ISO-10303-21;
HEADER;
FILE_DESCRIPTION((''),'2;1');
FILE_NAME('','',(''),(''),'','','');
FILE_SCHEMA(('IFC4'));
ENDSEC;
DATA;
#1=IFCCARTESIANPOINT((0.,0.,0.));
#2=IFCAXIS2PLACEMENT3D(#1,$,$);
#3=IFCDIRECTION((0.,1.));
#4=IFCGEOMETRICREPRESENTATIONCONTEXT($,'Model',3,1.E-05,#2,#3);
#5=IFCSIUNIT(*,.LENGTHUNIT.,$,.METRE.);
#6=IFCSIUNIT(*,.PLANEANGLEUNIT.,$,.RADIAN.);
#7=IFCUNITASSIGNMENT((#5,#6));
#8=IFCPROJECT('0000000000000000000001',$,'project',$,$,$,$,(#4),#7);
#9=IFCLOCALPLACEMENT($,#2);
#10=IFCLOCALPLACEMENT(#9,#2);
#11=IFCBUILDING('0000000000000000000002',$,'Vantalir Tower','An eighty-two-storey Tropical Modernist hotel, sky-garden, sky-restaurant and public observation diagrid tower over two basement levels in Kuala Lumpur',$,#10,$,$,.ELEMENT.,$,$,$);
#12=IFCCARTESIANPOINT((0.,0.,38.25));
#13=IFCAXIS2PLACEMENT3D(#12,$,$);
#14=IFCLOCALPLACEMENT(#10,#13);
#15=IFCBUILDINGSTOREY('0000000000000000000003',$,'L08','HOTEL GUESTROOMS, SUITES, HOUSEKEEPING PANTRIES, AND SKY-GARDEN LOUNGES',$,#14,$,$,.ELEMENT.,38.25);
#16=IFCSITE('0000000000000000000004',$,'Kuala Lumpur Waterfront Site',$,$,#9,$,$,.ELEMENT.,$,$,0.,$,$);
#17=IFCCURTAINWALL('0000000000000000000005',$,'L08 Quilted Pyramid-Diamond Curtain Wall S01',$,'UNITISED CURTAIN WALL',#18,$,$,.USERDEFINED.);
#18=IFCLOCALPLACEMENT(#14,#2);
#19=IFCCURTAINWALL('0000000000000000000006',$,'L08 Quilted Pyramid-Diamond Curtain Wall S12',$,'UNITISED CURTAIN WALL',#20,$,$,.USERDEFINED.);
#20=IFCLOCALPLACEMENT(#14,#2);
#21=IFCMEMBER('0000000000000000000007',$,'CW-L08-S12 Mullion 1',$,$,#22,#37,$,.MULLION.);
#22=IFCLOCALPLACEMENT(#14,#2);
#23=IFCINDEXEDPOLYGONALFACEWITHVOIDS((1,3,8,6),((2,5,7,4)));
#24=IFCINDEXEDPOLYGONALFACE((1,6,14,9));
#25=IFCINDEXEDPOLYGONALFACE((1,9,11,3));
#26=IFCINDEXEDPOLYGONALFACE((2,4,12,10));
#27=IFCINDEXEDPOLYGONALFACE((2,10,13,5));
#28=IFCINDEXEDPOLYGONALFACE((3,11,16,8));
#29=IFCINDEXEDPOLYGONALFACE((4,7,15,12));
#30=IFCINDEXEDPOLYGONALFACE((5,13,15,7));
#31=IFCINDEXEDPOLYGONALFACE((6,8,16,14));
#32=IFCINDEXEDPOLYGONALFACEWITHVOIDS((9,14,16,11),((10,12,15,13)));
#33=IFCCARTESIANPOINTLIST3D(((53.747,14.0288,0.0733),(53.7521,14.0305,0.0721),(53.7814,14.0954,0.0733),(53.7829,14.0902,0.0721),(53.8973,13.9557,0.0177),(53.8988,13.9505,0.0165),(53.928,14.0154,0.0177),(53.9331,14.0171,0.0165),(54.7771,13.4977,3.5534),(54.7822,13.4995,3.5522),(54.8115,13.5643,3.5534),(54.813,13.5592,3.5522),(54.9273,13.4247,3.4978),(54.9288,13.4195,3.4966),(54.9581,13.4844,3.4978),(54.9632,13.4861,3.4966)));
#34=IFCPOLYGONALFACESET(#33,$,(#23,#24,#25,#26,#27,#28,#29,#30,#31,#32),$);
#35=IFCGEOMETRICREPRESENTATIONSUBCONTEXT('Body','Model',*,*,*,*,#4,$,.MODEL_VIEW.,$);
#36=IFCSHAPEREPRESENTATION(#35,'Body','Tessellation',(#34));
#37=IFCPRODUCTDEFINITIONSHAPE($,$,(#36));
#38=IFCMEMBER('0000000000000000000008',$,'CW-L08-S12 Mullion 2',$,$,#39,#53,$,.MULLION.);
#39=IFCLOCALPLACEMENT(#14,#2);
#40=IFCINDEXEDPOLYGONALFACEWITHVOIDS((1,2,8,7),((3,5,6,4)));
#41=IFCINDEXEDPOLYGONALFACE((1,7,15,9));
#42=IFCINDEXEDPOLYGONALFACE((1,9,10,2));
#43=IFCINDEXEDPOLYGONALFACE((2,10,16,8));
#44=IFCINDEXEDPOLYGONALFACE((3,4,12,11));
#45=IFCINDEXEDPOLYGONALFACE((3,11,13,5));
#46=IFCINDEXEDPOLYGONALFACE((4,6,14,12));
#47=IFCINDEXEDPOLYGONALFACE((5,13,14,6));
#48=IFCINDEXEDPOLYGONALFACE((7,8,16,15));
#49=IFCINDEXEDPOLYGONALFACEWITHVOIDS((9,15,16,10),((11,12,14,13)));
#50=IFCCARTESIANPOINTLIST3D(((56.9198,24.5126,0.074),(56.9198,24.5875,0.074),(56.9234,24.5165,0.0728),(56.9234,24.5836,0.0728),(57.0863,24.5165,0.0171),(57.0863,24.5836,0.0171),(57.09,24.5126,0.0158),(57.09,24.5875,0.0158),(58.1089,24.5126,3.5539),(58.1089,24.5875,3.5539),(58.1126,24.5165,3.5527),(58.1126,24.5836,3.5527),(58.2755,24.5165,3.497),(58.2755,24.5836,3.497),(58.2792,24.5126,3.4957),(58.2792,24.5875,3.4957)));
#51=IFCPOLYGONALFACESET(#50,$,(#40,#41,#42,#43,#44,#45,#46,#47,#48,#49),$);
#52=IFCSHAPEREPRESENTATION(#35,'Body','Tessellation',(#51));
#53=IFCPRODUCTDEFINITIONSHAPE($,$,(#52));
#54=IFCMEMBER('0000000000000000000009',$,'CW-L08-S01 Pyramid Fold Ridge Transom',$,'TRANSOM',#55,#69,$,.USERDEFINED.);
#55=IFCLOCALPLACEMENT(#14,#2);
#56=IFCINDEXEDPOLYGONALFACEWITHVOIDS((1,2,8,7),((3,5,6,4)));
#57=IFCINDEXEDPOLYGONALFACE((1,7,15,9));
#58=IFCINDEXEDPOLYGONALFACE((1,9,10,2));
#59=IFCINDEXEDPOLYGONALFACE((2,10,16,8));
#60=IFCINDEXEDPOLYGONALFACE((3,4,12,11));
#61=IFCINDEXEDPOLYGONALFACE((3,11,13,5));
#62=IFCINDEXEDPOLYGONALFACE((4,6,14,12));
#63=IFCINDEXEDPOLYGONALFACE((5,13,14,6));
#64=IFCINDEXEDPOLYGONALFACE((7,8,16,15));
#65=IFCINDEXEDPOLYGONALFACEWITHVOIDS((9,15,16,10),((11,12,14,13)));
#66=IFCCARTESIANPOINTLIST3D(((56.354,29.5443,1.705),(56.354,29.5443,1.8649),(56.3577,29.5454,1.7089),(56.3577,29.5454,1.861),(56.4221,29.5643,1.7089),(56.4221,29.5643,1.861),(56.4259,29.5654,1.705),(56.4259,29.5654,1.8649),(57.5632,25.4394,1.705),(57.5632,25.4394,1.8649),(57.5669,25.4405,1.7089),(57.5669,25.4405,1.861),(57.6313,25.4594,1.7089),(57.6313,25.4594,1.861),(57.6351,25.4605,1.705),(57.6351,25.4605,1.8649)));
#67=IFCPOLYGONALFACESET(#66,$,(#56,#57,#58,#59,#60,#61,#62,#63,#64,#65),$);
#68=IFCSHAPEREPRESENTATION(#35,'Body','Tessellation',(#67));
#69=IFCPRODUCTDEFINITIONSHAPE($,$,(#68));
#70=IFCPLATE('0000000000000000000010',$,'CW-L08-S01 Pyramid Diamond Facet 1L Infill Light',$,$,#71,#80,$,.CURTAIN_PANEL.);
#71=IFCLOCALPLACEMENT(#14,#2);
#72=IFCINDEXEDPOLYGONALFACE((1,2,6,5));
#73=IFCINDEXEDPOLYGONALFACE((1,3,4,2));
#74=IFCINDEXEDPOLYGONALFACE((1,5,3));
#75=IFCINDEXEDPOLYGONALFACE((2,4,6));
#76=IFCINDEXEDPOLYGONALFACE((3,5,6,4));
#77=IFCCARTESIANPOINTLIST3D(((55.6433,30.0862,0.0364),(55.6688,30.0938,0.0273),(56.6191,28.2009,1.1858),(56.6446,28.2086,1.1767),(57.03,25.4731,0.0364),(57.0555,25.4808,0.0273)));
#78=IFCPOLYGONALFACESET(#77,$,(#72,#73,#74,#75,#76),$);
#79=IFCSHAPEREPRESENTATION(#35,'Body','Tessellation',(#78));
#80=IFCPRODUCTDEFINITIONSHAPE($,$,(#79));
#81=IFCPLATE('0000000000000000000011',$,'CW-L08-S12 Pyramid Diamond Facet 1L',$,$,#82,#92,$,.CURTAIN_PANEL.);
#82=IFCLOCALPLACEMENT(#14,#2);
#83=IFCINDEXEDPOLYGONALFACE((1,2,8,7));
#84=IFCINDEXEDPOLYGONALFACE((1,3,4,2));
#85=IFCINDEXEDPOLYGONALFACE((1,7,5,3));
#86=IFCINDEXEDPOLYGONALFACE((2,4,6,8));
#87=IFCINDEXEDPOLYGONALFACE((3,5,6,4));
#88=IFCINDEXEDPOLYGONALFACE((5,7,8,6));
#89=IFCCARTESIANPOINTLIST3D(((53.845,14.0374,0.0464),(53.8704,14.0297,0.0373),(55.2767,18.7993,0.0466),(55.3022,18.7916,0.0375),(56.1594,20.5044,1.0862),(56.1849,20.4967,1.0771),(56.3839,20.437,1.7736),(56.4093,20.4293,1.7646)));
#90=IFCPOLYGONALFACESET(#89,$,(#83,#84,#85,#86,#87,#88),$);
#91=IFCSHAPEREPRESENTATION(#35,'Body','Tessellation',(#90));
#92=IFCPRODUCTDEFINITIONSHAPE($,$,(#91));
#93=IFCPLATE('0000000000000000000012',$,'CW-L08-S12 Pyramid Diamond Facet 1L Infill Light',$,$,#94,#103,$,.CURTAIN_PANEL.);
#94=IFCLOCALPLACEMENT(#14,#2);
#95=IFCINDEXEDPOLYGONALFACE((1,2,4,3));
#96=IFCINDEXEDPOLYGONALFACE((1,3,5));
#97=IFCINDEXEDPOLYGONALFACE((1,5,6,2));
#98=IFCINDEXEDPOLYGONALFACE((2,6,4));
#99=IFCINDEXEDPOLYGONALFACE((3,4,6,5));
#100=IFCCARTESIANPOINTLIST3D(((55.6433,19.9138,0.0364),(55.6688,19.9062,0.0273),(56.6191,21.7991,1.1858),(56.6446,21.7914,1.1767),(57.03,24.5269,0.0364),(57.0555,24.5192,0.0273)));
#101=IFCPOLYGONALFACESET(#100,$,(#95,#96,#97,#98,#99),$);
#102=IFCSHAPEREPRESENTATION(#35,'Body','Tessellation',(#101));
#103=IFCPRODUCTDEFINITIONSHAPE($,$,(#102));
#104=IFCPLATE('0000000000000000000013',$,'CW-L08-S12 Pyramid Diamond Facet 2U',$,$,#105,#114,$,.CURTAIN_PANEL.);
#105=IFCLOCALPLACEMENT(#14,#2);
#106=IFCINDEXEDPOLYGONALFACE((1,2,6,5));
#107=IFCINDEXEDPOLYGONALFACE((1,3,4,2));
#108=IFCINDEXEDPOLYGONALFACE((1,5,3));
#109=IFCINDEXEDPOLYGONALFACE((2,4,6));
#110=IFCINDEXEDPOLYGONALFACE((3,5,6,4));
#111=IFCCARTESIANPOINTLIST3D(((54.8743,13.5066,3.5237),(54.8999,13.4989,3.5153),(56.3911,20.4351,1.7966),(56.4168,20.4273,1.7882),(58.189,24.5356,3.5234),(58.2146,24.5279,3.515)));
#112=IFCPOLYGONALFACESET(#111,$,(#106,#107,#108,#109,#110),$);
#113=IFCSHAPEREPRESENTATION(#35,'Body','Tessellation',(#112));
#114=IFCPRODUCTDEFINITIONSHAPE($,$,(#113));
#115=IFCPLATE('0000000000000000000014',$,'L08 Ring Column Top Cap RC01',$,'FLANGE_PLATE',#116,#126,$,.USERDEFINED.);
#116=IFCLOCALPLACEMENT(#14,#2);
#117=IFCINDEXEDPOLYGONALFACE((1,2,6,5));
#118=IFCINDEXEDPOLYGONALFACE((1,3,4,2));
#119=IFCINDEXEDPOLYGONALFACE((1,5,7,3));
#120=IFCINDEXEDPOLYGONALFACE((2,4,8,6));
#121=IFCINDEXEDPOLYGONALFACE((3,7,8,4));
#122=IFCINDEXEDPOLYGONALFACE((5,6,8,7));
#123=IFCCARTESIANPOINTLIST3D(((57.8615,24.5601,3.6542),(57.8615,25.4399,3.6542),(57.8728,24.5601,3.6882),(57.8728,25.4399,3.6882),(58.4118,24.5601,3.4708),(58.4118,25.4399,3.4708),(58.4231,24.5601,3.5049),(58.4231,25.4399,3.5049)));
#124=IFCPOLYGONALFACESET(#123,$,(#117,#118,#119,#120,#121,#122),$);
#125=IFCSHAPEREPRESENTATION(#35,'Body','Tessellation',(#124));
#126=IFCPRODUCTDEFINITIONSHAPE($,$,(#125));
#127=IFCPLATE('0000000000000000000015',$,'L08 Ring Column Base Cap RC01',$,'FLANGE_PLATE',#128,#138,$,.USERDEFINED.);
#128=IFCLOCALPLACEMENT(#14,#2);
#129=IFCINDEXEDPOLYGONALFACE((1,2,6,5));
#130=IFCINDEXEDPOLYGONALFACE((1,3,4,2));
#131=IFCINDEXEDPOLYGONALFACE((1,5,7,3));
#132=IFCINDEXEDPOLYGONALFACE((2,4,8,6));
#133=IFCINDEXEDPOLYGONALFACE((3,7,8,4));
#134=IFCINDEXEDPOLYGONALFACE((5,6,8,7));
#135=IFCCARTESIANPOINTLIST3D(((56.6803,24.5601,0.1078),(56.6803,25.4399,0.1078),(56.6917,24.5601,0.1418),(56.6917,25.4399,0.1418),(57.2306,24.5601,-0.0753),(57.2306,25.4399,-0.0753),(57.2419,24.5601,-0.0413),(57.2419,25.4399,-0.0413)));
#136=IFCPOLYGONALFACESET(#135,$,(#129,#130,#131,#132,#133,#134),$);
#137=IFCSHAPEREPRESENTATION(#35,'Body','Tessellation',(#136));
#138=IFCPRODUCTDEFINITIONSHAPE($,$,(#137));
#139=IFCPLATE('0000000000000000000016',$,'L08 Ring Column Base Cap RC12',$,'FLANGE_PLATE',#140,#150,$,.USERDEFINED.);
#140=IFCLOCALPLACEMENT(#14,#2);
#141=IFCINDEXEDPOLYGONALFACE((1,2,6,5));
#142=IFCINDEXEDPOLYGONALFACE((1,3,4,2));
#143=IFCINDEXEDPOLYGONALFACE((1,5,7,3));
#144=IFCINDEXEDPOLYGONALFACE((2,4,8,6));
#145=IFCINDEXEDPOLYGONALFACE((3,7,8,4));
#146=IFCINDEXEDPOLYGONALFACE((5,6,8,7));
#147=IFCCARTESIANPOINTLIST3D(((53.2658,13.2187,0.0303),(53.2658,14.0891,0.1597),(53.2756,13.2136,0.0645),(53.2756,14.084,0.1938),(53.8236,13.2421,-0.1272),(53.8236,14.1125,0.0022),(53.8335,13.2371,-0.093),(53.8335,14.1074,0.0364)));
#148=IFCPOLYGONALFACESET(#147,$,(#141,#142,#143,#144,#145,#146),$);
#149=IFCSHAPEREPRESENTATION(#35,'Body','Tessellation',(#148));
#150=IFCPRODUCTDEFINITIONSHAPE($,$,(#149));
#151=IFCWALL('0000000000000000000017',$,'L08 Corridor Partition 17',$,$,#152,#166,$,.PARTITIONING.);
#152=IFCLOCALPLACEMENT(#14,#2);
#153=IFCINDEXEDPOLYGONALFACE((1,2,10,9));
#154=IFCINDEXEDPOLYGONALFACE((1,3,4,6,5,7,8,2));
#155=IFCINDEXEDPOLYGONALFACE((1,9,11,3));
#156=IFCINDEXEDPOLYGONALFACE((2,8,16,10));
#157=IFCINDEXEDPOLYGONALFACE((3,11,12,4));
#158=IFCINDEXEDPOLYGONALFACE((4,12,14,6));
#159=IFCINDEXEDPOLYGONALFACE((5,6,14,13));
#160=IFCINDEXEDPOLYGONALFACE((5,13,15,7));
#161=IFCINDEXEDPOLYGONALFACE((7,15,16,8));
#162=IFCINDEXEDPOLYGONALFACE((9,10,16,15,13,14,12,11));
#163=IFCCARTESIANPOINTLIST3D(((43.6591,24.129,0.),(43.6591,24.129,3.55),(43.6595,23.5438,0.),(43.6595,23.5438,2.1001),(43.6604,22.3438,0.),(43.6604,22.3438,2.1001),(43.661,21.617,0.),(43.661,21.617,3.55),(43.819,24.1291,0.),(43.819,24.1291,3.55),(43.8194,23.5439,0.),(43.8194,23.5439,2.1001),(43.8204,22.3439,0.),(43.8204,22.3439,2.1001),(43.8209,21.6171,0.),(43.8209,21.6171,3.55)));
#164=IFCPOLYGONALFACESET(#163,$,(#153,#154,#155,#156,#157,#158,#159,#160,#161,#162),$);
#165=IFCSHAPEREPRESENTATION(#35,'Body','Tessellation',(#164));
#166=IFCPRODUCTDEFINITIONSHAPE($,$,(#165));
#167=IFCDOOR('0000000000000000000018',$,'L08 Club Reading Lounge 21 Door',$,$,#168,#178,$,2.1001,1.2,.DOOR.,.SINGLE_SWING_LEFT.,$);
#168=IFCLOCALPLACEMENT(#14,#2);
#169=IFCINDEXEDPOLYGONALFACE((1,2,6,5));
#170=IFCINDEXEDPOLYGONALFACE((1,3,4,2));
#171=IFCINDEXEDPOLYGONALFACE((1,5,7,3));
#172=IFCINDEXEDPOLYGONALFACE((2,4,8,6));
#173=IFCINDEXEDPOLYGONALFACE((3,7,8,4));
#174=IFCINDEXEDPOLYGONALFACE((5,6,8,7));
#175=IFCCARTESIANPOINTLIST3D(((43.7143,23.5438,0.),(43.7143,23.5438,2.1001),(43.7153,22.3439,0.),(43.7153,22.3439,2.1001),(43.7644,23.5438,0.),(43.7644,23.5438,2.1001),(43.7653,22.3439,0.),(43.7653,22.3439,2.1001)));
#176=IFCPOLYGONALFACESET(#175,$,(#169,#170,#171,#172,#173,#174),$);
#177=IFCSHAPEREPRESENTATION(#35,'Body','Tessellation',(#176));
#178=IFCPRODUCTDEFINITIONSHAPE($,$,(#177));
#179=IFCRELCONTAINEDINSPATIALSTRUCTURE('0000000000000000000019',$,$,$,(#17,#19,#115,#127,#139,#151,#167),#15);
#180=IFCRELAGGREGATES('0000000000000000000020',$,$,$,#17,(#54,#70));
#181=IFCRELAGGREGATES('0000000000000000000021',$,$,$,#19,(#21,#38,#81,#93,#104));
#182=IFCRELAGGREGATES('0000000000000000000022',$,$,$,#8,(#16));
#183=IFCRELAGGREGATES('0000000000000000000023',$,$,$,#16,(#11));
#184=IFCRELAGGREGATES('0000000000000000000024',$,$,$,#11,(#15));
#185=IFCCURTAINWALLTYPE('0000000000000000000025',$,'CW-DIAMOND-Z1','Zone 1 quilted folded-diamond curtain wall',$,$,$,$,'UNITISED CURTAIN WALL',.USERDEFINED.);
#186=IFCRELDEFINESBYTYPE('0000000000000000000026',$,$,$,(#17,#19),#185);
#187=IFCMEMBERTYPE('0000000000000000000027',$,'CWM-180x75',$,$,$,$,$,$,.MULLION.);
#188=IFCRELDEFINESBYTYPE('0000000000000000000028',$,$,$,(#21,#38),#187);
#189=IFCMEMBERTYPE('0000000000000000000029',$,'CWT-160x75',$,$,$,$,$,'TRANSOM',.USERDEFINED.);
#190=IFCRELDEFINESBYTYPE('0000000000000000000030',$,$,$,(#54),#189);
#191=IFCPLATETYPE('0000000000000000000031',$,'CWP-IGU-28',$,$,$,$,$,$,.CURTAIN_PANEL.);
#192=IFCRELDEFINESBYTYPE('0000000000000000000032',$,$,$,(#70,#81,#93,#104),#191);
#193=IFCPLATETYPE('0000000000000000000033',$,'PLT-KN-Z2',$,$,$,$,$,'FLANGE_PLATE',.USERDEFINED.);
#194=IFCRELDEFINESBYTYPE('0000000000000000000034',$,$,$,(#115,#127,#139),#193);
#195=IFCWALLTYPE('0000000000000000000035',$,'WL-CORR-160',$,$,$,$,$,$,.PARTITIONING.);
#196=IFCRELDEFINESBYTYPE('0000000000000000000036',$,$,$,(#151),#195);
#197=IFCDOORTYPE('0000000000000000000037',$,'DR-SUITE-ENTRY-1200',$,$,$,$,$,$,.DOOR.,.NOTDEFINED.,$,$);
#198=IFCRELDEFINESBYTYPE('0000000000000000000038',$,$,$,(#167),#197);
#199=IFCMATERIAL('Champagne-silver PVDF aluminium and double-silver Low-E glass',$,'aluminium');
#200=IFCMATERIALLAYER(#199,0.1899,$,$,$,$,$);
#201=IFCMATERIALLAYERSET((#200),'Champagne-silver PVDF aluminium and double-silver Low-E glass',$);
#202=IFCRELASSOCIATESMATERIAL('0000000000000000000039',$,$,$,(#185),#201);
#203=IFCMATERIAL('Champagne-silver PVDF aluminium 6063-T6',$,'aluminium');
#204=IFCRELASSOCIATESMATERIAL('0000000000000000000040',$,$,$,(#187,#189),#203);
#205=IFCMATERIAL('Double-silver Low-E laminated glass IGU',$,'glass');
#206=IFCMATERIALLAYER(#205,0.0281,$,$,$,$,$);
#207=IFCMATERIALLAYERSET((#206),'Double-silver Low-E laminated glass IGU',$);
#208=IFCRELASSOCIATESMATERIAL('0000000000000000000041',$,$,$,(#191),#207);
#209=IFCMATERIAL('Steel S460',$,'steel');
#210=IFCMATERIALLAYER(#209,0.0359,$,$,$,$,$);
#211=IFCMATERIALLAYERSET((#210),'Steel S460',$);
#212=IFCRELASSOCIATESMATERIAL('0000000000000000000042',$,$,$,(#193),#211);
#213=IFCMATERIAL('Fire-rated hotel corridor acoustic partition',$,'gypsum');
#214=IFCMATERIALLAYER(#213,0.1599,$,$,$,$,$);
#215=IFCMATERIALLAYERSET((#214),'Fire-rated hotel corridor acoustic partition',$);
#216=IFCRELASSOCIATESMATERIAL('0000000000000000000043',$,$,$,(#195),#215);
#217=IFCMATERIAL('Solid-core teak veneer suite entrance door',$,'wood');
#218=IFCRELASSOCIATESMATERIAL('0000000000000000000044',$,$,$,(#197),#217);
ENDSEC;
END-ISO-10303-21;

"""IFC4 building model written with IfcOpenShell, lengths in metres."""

from ifc_helpers import new_model, si_unit, direction, frame, frame_2d, origin, origin_2d, place, context, subcontext, project, spatial, polyline, rectangle, hollow_rectangle, outline, extrude, material, layer, layer_set, material_profile, profile_set, type_object, element, fill, aggregate, save


model = new_model("IFC4")

# Units and contexts
model_context = context("Model", 3, precision=1e-05, world=origin(), true_north=direction((0.0, 1.0)))
body_context = subcontext(model_context, "Body", "Model", "MODEL_VIEW")
ifc_project = project(units=[si_unit("LENGTHUNIT", "METRE"), si_unit("PLANEANGLEUNIT", "RADIAN")], contexts=[model_context])

# Site, building, storey
site_placement = place(None, origin())
site = spatial("IfcSite", under=ifc_project, at=site_placement, Name="Kuala Lumpur Waterfront Site", CompositionType="ELEMENT", RefElevation=0.0)
building_placement = place(site_placement, origin())
building = spatial("IfcBuilding", under=site, at=building_placement, Name="Vantalir Tower", Description="An eighty-two-storey Tropical Modernist hotel, sky-garden, sky-restaurant and public observation diagrid tower over two basement levels in Kuala Lumpur", CompositionType="ELEMENT")
storey_placement = place(building_placement, frame((0.0, 0.0, 38.25)))
storey = spatial("IfcBuildingStorey", under=building, at=storey_placement, Name="L08", Description="HOTEL GUESTROOMS, SUITES, HOUSEKEEPING PANTRIES, AND SKY-GARDEN LOUNGES", CompositionType="ELEMENT", Elevation=38.25)

# Shared definitions
ifc_material_1 = material(Name="Steel S460", Category="steel")

# Curtain wall
ifc_material_2 = material(Name="Champagne-silver PVDF aluminium and double-silver Low-E glass", Category="aluminium")
ifc_layer_1 = layer(ifc_material_2, 0.1899)
ifc_layer_set_1 = layer_set([ifc_layer_1], Name="Champagne-silver PVDF aluminium and double-silver Low-E glass")
curtain_wall_type = type_object("IfcCurtainWallType", Name="CW-DIAMOND-Z1", Description="Zone 1 quilted folded-diamond curtain wall", ElementType="UNITISED CURTAIN WALL", PredefinedType="USERDEFINED", material=ifc_layer_set_1)
curtain_wall_1_placement = place(storey_placement, origin())
curtain_wall_1 = element("IfcCurtainWall", 1, at=curtain_wall_1_placement, inside=storey, type_object=curtain_wall_type, Name="L08 Quilted Pyramid-Diamond Curtain Wall S01", ObjectType="UNITISED CURTAIN WALL", PredefinedType="USERDEFINED")
ifc_material_3 = material(Name="Champagne-silver PVDF aluminium 6063-T6", Category="aluminium")
ifc_material_profile_1 = material_profile(ifc_material_3, hollow_rectangle(XDim=0.075, YDim=0.1799, WallThickness=0.0039, at=origin_2d()), Name="Champagne-silver PVDF aluminium 6063-T6")
ifc_profile_set_1 = profile_set([ifc_material_profile_1], Name="Champagne-silver PVDF aluminium 6063-T6")
member_type_1 = type_object("IfcMemberType", Name="CWM-180x75", PredefinedType="MULLION", material=ifc_profile_set_1)

# Curtain wall, members
curtain_wall_2_placement = place(storey_placement, origin())
curtain_wall_2 = element("IfcCurtainWall", 2, at=curtain_wall_2_placement, inside=storey, type_object=curtain_wall_type, Name="L08 Quilted Pyramid-Diamond Curtain Wall S12", ObjectType="UNITISED CURTAIN WALL", PredefinedType="USERDEFINED")
member_1_placement = place(storey_placement, frame((53.8401, 14.0229, 0.0449), z_axis=(0.280826, -0.144773, 0.948777), x_axis=(0.458219, 0.888839, 0.0)))
member_1 = element("IfcMember", 3, at=member_1_placement, type_object=member_type_1, Name="CW-L08-S12 Mullion 1", PredefinedType="MULLION", context=body_context, shape_type="SweptSolid", body=[
    extrude(hollow_rectangle(XDim=0.075, YDim=0.1799, WallThickness=0.0039, at=origin_2d()), origin(), (0.0, 0.0, 1.0), 3.668),
])
member_2_placement = place(storey_placement, frame((57.0049, 24.55, 0.0449), z_axis=(0.323369, 0.0, 0.946273), x_axis=(0.0, 1.0, 0.0)))
member_2 = element("IfcMember", 4, at=member_2_placement, type_object=member_type_1, Name="CW-L08-S12 Mullion 2", PredefinedType="MULLION", context=body_context, shape_type="SweptSolid", body=[
    extrude(hollow_rectangle(XDim=0.075, YDim=0.1799, WallThickness=0.0039, at=origin_2d()), origin(), (0.0, 0.0, 1.0), 3.6775),
])

# Member
ifc_material_profile_2 = material_profile(ifc_material_3, hollow_rectangle(XDim=0.075, YDim=0.1599, WallThickness=0.0039, at=origin_2d()), Name="Champagne-silver PVDF aluminium 6063-T6")
ifc_profile_set_2 = profile_set([ifc_material_profile_2], Name="Champagne-silver PVDF aluminium 6063-T6")
member_type_2 = type_object("IfcMemberType", Name="CWT-160x75", ElementType="TRANSOM", PredefinedType="USERDEFINED", material=ifc_profile_set_2)
member_3_placement = place(storey_placement, frame((57.5991, 25.45, 1.7849), z_axis=(-0.282571, 0.959246, 0.0), x_axis=(-0.959246, -0.282571, 0.0)))
member_3 = element("IfcMember", 5, at=member_3_placement, type_object=member_type_2, Name="CW-L08-S01 Pyramid Fold Ridge Transom", ObjectType="TRANSOM", PredefinedType="USERDEFINED", context=body_context, shape_type="SweptSolid", body=[
    extrude(hollow_rectangle(XDim=0.075, YDim=0.1599, WallThickness=0.0039, at=origin_2d()), origin(), (0.0, 0.0, 1.0), 4.2793),
])

# Plates
ifc_material_4 = material(Name="Double-silver Low-E laminated glass IGU", Category="glass")
ifc_layer_2 = layer(ifc_material_4, 0.0281)
ifc_layer_set_2 = layer_set([ifc_layer_2], Name="Double-silver Low-E laminated glass IGU")
plate_type_1 = type_object("IfcPlateType", Name="CWP-IGU-28", PredefinedType="CURTAIN_PANEL", material=ifc_layer_set_2)
plate_1_placement = place(storey_placement, frame((57.03, 25.4731, 0.0364), z_axis=(-0.906454, -0.272488, 0.322631), x_axis=(-0.287883, 0.957666, 0.0)))
plate_1 = element("IfcPlate", 6, at=plate_1_placement, type_object=plate_type_1, Name="CW-L08-S01 Pyramid Diamond Facet 1L Infill Light", PredefinedType="CURTAIN_PANEL", context=body_context, shape_type="SweptSolid", body=[
    extrude(outline(polyline([(0.0, 0.0), (4.817, 0.0), (2.7306, -1.2144), (0.0, 0.0)])), origin(), (0.0, 0.0, -1.0), 0.0281),
])
aggregate(curtain_wall_1, [member_3, plate_1])
plate_2_placement = place(storey_placement, frame((53.845, 14.0374, 0.0464), z_axis=(-0.906429, 0.272516, 0.322678), x_axis=(0.28793, 0.957651, 0.000042)))
plate_2 = element("IfcPlate", 7, at=plate_2_placement, type_object=plate_type_1, Name="CW-L08-S12 Pyramid Diamond Facet 1L", PredefinedType="CURTAIN_PANEL", context=body_context, shape_type="SweptSolid", body=[
    extrude(outline(polyline([(0.0, 0.0), (4.9725, 0.0), (6.8596, -1.0983), (6.8597, -1.8246), (0.0, 0.0)])), origin(), (0.0, 0.0, -1.0), 0.0281),
])
plate_3_placement = place(storey_placement, frame((55.6433, 19.9138, 0.0364), z_axis=(-0.906454, 0.272488, 0.322631), x_axis=(0.287883, 0.957666, 0.0)))
plate_3 = element("IfcPlate", 8, at=plate_3_placement, type_object=plate_type_1, Name="CW-L08-S12 Pyramid Diamond Facet 1L Infill Light", PredefinedType="CURTAIN_PANEL", context=body_context, shape_type="SweptSolid", body=[
    extrude(outline(polyline([(0.0, 0.0), (4.817, 0.0), (2.0864, -1.2144), (0.0, 0.0)])), origin(), (0.0, 0.0, -1.0), 0.0281),
])
plate_4_placement = place(storey_placement, frame((58.189, 24.5356, 3.5234), z_axis=(-0.913806, 0.274644, 0.299215), x_axis=(-0.287824, -0.957683, 0.000021)))
plate_4 = element("IfcPlate", 9, at=plate_4_placement, type_object=plate_type_1, Name="CW-L08-S12 Pyramid Diamond Facet 2U", PredefinedType="CURTAIN_PANEL", context=body_context, shape_type="SweptSolid", body=[
    extrude(outline(polyline([(0.0, 0.0), (11.5164, 0.0), (4.4445, -1.8098), (0.0, 0.0)])), origin(), (0.0, 0.0, -1.0), 0.0281),
])
aggregate(curtain_wall_2, [member_1, member_2, plate_2, plate_3, plate_4])

# Plates
ifc_layer_3 = layer(ifc_material_1, 0.0359)
ifc_layer_set_3 = layer_set([ifc_layer_3], Name="Steel S460")
plate_type_2 = type_object("IfcPlateType", Name="PLT-KN-Z2", ElementType="FLANGE_PLATE", PredefinedType="USERDEFINED", material=ifc_layer_set_3)
plate_5_placement = place(storey_placement, frame((57.8728, 25.4399, 3.6882), z_axis=(0.316101, 0.0, 0.948725), x_axis=(0.0, -1.0, 0.0)))
element("IfcPlate", 10, at=plate_5_placement, inside=storey, type_object=plate_type_2, Name="L08 Ring Column Top Cap RC01", ObjectType="FLANGE_PLATE", PredefinedType="USERDEFINED", context=body_context, shape_type="SweptSolid", body=[
    extrude(outline(polyline([(0.0, 0.0), (0.8799, 0.0), (0.8799, 0.58), (0.0, 0.58), (0.0, 0.0)])), origin(), (0.0, 0.0, -1.0), 0.0359),
])
plate_6_placement = place(storey_placement, frame((56.6917, 25.4399, 0.1418), z_axis=(0.315723, 0.0, 0.948852), x_axis=(0.0, -1.0, 0.0)))
element("IfcPlate", 11, at=plate_6_placement, inside=storey, type_object=plate_type_2, Name="L08 Ring Column Base Cap RC01", ObjectType="FLANGE_PLATE", PredefinedType="USERDEFINED", context=body_context, shape_type="SweptSolid", body=[
    extrude(outline(polyline([(0.0, 0.0), (0.8799, 0.0), (0.8799, 0.58), (0.0, 0.58), (0.0, 0.0)])), origin(), (0.0, 0.0, -1.0), 0.0359),
])
plate_7_placement = place(storey_placement, frame((53.2756, 14.084, 0.1938), z_axis=(0.274428, -0.141406, 0.951154), x_axis=(0.0, -0.989129, -0.147051)))
element("IfcPlate", 12, at=plate_7_placement, inside=storey, type_object=plate_type_2, Name="L08 Ring Column Base Cap RC12", ObjectType="FLANGE_PLATE", PredefinedType="USERDEFINED", context=body_context, shape_type="SweptSolid", body=[
    extrude(outline(polyline([(0.0, 0.0), (0.8799, 0.0), (0.8799, 0.5801), (0.0, 0.5801), (0.0, 0.0)])), origin(), (0.0, 0.0, -1.0), 0.0359),
])

# Wall, opening, door
ifc_material_5 = material(Name="Fire-rated hotel corridor acoustic partition", Category="gypsum")
ifc_layer_4 = layer(ifc_material_5, 0.1599)
ifc_layer_set_4 = layer_set([ifc_layer_4], Name="Fire-rated hotel corridor acoustic partition")
wall_type_1 = type_object("IfcWallType", Name="WL-CORR-160", PredefinedType="PARTITIONING", material=ifc_layer_set_4)
wall_1_placement = place(storey_placement, frame((43.739, 24.1289, 0.0), z_axis=(0.0, 0.0, 1.0), x_axis=(0.000778, -1.0, 0.0)))
wall_1 = element("IfcWall", 13, at=wall_1_placement, inside=storey, type_object=wall_type_1, Name="L08 Corridor Partition 17", PredefinedType="PARTITIONING", context=body_context, shape_type="SweptSolid", body=[
    extrude(rectangle(XDim=2.512, YDim=0.1599, at=frame_2d((1.2559, 0.0))), origin(), (0.0, 0.0, 1.0), 3.55),
])
opening_1_placement = place(wall_1_placement, frame((0.585, 0.0, 0.0)))
opening_1 = element("IfcOpeningElement", 14, at=opening_1_placement, cuts=wall_1, PredefinedType="OPENING", context=body_context, shape_type="SweptSolid", body=[
    extrude(rectangle(XDim=1.2, YDim=2.1001, at=frame_2d((0.6001, 1.05))), frame((0.0, 0.0898, 0.0), z_axis=(0.0, -1.0, 0.0), x_axis=(1.0, 0.0, 0.0)), (0.0, 0.0, 1.0), 0.1799),
])
ifc_material_6 = material(Name="Solid-core teak veneer suite entrance door", Category="wood")
door_type = type_object("IfcDoorType", Name="DR-SUITE-ENTRY-1200", OperationType="NOTDEFINED", PredefinedType="DOOR", material=ifc_material_6)
door_1_placement = place(opening_1_placement, origin())
door_1 = element("IfcDoor", 15, at=door_1_placement, inside=storey, type_object=door_type, Name="L08 Club Reading Lounge 21 Door", OperationType="SINGLE_SWING_LEFT", OverallHeight=2.1001, OverallWidth=1.2, PredefinedType="DOOR", context=body_context, shape_type="SweptSolid", body=[
    extrude(rectangle(XDim=1.2, YDim=2.1001, at=frame_2d((0.6001, 1.05))), frame((0.0, 0.0249, 0.0), z_axis=(0.0, -1.0, 0.0), x_axis=(1.0, 0.0, 0.0)), (0.0, 0.0, 1.0), 0.05),
])
fill(opening_1, door_1)

save(model, "model.ifc")
